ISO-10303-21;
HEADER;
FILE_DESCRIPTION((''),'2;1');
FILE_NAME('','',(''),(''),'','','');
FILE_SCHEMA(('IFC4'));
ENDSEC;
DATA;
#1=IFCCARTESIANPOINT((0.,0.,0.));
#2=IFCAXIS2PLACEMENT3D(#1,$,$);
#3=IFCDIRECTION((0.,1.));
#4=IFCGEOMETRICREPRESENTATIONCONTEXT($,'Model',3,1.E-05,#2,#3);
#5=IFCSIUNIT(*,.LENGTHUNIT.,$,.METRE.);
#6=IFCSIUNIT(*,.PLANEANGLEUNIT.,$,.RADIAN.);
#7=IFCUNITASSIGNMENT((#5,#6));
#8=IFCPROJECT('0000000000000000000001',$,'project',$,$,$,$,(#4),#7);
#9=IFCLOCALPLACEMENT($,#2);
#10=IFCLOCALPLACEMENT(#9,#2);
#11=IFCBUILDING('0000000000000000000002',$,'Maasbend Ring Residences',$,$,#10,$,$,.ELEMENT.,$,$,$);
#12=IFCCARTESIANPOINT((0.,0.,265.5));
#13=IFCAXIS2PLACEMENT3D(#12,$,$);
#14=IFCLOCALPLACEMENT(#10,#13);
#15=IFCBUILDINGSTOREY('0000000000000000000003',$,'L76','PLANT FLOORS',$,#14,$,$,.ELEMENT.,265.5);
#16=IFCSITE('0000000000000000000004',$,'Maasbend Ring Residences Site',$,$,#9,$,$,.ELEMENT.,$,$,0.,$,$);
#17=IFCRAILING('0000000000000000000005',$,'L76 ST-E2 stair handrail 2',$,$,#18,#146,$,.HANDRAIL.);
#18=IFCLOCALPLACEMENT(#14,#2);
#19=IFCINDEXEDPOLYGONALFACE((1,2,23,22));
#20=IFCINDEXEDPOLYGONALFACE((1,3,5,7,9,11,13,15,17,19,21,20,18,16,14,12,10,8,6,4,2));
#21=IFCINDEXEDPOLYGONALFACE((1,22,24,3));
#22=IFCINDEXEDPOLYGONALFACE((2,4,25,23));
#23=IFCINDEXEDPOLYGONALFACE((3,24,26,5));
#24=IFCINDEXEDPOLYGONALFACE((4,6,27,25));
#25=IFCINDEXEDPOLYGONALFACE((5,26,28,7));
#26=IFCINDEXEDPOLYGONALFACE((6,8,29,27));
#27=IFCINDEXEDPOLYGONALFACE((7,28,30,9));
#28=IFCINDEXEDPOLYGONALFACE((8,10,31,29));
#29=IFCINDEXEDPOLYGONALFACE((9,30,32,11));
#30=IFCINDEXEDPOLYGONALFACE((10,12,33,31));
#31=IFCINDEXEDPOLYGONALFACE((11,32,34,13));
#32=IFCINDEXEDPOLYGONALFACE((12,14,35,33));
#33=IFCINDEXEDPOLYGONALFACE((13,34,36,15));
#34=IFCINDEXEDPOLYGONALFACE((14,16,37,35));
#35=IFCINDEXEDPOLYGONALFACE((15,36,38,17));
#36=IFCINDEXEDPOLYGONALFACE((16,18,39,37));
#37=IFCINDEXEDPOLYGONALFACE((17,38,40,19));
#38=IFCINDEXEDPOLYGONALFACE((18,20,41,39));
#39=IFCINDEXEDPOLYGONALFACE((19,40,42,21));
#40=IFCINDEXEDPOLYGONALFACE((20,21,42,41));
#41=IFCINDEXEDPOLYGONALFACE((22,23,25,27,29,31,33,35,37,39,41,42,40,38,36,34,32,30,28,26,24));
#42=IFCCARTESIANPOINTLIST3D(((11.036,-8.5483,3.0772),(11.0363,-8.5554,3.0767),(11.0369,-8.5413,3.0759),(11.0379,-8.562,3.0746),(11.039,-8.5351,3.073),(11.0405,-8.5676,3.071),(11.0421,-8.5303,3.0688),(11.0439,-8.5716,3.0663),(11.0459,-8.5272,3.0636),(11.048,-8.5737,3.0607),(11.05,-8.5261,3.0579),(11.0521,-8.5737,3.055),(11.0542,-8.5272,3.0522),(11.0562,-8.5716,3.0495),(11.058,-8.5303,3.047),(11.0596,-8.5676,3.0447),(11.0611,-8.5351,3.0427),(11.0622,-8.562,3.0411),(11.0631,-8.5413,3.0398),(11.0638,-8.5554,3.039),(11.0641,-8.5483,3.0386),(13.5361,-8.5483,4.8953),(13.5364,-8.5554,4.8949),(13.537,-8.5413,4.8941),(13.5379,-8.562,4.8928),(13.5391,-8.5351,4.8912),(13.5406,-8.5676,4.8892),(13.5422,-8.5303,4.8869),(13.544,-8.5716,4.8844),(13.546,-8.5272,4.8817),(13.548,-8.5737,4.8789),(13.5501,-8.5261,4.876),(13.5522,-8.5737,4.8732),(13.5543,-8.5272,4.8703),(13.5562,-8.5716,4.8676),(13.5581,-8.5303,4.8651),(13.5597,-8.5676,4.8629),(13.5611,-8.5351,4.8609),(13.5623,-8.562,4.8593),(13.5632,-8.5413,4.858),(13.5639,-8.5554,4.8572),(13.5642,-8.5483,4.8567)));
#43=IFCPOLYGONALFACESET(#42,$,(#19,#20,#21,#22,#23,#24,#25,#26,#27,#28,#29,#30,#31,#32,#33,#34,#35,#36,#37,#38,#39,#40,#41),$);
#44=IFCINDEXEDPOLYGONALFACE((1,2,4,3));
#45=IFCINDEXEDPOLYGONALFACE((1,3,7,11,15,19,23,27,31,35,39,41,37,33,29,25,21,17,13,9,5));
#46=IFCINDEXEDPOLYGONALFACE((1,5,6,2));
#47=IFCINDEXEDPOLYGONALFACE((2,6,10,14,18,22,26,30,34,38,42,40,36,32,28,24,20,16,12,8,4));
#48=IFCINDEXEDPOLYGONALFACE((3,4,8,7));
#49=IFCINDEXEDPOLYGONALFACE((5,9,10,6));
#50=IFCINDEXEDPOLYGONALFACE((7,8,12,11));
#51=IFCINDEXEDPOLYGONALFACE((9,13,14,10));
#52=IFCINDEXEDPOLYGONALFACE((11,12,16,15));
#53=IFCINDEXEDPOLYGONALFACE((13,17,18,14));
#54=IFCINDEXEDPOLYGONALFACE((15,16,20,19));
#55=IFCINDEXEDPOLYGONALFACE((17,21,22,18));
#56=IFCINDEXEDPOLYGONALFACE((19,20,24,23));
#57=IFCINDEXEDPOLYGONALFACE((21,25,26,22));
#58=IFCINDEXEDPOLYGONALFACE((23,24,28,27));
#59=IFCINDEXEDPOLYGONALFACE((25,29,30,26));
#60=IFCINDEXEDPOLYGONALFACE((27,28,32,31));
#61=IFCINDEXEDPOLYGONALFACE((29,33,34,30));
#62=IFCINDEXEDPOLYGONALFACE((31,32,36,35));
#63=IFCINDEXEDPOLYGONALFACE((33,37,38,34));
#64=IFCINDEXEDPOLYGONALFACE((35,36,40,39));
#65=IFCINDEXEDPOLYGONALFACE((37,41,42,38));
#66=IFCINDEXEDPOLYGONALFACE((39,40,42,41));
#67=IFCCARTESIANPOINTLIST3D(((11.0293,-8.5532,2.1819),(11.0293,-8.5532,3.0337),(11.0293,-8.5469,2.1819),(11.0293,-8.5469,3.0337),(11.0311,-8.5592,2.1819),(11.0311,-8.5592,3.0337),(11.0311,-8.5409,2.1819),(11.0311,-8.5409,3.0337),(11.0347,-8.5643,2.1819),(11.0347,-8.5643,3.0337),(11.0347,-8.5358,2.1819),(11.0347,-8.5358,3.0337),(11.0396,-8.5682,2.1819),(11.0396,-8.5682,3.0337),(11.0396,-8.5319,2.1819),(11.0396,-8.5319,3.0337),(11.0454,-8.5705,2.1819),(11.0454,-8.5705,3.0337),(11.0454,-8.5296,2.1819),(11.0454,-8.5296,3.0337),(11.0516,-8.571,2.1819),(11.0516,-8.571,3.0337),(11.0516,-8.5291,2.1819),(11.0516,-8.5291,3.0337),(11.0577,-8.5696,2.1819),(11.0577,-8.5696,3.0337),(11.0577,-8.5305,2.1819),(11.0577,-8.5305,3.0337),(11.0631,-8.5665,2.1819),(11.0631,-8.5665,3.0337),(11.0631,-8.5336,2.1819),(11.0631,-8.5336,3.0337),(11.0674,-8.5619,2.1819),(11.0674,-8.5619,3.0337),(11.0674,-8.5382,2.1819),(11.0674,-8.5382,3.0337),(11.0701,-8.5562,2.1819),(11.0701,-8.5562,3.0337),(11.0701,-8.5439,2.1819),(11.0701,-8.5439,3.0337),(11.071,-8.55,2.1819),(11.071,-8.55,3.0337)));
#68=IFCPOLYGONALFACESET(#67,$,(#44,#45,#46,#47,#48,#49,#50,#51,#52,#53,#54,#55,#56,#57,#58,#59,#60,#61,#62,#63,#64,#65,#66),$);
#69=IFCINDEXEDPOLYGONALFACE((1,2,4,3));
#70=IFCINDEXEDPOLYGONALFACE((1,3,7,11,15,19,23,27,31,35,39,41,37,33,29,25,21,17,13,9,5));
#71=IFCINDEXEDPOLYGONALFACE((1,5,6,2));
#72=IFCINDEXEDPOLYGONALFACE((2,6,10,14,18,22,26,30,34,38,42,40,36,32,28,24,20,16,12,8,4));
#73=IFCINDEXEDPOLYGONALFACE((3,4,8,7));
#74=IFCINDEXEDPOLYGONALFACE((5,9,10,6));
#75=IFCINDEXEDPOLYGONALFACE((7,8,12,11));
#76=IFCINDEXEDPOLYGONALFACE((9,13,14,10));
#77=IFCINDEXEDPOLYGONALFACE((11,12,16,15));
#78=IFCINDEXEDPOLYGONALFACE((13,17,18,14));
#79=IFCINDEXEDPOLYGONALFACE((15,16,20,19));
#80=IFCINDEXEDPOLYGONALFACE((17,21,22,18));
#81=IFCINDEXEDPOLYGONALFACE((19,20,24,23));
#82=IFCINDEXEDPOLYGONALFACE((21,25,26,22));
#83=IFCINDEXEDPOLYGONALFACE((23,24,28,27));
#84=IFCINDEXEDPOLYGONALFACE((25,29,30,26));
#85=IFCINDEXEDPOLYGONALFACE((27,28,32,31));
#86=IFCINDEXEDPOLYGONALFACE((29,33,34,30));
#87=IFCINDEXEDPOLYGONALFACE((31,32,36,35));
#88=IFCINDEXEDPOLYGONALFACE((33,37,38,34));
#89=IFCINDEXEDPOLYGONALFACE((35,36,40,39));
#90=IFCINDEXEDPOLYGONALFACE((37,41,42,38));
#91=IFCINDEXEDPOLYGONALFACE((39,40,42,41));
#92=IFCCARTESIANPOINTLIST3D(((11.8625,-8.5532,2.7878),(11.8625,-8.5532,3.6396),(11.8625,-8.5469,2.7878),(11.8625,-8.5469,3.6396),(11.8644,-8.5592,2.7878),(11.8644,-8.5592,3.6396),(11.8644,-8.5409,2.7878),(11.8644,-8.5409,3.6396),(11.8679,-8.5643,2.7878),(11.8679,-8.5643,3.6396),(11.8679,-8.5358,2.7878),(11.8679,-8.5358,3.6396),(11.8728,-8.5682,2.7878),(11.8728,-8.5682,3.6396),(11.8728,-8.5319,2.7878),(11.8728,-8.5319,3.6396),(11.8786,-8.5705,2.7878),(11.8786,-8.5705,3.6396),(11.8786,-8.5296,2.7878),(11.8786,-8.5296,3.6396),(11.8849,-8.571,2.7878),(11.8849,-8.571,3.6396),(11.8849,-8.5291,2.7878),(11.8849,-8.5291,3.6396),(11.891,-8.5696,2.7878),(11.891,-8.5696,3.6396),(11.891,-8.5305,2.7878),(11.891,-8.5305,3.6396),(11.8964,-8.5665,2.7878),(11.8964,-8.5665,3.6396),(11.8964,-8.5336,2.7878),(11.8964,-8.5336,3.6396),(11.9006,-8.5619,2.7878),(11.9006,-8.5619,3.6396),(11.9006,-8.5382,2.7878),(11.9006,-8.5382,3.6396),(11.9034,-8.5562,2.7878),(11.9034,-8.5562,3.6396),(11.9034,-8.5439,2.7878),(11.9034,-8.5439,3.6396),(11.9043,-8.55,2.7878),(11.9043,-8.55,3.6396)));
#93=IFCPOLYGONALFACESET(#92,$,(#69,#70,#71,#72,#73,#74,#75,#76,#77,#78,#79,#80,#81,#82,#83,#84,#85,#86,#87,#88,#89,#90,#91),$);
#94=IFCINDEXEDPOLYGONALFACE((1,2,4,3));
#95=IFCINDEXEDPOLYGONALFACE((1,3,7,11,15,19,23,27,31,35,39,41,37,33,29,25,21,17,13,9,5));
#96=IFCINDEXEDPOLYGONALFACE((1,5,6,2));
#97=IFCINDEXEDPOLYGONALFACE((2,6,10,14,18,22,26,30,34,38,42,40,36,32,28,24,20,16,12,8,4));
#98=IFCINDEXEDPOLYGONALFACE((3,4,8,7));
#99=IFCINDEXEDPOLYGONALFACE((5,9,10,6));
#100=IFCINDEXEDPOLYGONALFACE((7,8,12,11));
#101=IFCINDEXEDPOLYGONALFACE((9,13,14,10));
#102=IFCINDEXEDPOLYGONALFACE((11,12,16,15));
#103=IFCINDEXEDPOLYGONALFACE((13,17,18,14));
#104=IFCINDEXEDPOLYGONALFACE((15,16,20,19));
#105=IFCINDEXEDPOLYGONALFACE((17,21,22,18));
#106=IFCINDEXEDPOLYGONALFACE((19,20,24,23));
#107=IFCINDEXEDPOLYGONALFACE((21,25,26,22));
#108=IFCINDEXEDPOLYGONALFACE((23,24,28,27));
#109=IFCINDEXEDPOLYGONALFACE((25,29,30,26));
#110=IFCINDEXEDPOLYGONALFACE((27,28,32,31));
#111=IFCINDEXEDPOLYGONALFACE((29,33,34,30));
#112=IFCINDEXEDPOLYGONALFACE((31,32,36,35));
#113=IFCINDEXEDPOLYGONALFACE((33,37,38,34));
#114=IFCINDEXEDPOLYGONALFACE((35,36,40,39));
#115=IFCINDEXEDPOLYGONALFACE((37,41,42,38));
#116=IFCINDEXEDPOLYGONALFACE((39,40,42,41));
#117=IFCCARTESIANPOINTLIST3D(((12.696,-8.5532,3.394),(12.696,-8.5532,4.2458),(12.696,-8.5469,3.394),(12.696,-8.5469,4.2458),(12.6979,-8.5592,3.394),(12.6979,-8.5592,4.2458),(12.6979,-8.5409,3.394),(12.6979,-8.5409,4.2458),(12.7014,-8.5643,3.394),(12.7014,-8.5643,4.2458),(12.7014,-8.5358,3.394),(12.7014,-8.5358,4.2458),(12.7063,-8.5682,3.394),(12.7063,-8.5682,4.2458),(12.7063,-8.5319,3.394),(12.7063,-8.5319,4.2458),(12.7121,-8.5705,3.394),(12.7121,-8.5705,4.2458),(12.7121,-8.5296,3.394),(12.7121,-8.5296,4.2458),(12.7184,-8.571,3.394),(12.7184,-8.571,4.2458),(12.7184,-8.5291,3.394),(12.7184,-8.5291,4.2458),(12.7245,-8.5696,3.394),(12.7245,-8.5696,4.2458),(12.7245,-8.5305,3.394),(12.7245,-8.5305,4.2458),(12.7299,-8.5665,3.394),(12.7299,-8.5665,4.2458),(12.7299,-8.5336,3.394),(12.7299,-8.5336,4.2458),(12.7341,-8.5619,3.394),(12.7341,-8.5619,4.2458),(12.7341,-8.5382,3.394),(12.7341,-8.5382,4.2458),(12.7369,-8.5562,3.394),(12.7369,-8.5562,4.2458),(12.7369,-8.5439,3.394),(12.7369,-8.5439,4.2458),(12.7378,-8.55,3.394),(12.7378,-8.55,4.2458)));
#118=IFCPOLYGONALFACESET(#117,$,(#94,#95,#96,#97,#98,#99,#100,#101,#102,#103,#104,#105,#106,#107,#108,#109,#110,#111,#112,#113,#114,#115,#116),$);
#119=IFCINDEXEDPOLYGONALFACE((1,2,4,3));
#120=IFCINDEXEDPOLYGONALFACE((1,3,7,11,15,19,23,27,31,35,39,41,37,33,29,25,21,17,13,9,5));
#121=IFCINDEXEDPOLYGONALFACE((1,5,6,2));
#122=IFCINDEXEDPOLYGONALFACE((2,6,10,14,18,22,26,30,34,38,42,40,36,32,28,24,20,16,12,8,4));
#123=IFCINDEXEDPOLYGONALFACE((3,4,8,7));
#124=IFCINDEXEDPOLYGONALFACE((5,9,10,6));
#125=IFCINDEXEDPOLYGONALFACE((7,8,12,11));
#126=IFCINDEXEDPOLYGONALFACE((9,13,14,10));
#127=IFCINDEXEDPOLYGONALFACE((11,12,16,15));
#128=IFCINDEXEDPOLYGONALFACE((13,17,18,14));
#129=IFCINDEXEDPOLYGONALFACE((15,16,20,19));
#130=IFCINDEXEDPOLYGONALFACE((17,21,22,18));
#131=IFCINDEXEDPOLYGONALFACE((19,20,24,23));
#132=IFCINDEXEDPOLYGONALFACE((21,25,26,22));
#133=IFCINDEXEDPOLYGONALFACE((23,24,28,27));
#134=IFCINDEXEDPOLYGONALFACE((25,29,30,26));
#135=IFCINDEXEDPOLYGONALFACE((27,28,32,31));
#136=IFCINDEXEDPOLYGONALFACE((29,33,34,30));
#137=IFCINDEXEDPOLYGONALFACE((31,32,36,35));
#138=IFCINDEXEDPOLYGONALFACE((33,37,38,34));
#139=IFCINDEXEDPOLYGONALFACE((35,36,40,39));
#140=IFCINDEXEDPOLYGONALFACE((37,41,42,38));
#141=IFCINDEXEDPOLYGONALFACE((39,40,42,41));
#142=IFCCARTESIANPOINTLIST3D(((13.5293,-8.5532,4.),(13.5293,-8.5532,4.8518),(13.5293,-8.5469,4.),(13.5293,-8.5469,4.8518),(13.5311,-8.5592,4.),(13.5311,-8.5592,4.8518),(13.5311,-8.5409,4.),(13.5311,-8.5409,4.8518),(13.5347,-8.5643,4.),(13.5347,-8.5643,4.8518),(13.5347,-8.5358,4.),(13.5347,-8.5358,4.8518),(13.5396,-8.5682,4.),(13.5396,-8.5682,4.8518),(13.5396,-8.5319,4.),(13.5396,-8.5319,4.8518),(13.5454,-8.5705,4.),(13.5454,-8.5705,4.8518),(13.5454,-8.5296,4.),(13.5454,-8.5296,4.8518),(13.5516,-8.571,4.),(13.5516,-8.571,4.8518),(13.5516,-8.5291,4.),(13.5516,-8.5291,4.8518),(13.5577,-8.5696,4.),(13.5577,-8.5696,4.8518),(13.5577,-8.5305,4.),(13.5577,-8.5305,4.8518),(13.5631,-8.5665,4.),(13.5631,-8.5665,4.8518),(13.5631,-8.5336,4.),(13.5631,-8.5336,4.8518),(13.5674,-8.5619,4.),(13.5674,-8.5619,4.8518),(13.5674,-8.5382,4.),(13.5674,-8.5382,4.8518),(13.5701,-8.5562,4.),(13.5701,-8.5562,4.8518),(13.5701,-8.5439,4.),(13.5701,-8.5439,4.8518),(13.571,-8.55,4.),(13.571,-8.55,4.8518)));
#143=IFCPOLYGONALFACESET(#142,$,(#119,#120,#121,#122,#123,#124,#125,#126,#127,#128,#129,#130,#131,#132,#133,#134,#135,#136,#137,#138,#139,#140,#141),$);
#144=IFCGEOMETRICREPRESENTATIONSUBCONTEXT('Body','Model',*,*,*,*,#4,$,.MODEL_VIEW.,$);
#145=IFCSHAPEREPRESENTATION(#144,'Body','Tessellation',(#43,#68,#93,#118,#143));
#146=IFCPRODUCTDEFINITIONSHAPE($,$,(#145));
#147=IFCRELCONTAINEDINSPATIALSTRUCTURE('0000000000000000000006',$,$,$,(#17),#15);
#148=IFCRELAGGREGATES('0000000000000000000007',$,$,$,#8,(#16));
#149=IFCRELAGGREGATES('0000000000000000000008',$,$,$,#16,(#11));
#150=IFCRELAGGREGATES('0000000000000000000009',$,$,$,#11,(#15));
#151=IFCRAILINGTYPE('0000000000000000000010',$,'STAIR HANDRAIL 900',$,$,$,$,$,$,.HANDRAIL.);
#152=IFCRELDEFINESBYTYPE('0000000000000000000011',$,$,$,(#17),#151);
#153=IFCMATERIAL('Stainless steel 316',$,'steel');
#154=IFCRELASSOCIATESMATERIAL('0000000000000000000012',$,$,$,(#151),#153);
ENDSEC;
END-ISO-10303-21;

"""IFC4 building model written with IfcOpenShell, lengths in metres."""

from ifc_helpers import new_model, si_unit, direction, frame, origin, origin_2d, place, context, subcontext, project, spatial, circle, extrude, material, type_object, element, save


model = new_model("IFC4")

# Units and contexts
model_context = context("Model", 3, precision=1e-05, world=origin(), true_north=direction((0.0, 1.0)))
body_context = subcontext(model_context, "Body", "Model", "MODEL_VIEW")
ifc_project = project(units=[si_unit("LENGTHUNIT", "METRE"), si_unit("PLANEANGLEUNIT", "RADIAN")], contexts=[model_context])

# Site, building, storey
site_placement = place(None, origin())
site = spatial("IfcSite", under=ifc_project, at=site_placement, Name="Maasbend Ring Residences Site", CompositionType="ELEMENT", RefElevation=0.0)
building_placement = place(site_placement, origin())
building = spatial("IfcBuilding", under=site, at=building_placement, Name="Maasbend Ring Residences", CompositionType="ELEMENT")
storey_placement = place(building_placement, frame((0.0, 0.0, 265.5)))
storey = spatial("IfcBuildingStorey", under=building, at=storey_placement, Name="L76", Description="PLANT FLOORS", CompositionType="ELEMENT", Elevation=265.5)

# Railing
ifc_material_1 = material(Name="Stainless steel 316", Category="steel")
railing_type = type_object("IfcRailingType", Name="STAIR HANDRAIL 900", PredefinedType="HANDRAIL", material=ifc_material_1)
railing_placement = place(storey_placement, frame((11.05, -8.55, 2.1819)))
element("IfcRailing", 1, at=railing_placement, inside=storey, type_object=railing_type, Name="L76 ST-E2 stair handrail 2", PredefinedType="HANDRAIL", context=body_context, shape_type="SweptSolid", body=[
    extrude(circle(Radius=0.0239, at=origin_2d()), frame((0.0, 0.0, 0.876), z_axis=(0.808746, 0.0, 0.588158), x_axis=(0.0, 1.0, 0.0)), (0.0, 0.0, 1.0), 3.0913),
    extrude(circle(Radius=0.021, at=origin_2d()), origin(), (0.0, 0.0, 1.0), 0.8518),
    extrude(circle(Radius=0.021, at=origin_2d()), frame((0.8333, 0.0, 0.606)), (0.0, 0.0, 1.0), 0.8518),
    extrude(circle(Radius=0.021, at=origin_2d()), frame((1.6667, 0.0, 1.2122)), (0.0, 0.0, 1.0), 0.8518),
    extrude(circle(Radius=0.021, at=origin_2d()), frame((2.5, 0.0, 1.8181)), (0.0, 0.0, 1.0), 0.8518),
])

save(model, "model.ifc")
